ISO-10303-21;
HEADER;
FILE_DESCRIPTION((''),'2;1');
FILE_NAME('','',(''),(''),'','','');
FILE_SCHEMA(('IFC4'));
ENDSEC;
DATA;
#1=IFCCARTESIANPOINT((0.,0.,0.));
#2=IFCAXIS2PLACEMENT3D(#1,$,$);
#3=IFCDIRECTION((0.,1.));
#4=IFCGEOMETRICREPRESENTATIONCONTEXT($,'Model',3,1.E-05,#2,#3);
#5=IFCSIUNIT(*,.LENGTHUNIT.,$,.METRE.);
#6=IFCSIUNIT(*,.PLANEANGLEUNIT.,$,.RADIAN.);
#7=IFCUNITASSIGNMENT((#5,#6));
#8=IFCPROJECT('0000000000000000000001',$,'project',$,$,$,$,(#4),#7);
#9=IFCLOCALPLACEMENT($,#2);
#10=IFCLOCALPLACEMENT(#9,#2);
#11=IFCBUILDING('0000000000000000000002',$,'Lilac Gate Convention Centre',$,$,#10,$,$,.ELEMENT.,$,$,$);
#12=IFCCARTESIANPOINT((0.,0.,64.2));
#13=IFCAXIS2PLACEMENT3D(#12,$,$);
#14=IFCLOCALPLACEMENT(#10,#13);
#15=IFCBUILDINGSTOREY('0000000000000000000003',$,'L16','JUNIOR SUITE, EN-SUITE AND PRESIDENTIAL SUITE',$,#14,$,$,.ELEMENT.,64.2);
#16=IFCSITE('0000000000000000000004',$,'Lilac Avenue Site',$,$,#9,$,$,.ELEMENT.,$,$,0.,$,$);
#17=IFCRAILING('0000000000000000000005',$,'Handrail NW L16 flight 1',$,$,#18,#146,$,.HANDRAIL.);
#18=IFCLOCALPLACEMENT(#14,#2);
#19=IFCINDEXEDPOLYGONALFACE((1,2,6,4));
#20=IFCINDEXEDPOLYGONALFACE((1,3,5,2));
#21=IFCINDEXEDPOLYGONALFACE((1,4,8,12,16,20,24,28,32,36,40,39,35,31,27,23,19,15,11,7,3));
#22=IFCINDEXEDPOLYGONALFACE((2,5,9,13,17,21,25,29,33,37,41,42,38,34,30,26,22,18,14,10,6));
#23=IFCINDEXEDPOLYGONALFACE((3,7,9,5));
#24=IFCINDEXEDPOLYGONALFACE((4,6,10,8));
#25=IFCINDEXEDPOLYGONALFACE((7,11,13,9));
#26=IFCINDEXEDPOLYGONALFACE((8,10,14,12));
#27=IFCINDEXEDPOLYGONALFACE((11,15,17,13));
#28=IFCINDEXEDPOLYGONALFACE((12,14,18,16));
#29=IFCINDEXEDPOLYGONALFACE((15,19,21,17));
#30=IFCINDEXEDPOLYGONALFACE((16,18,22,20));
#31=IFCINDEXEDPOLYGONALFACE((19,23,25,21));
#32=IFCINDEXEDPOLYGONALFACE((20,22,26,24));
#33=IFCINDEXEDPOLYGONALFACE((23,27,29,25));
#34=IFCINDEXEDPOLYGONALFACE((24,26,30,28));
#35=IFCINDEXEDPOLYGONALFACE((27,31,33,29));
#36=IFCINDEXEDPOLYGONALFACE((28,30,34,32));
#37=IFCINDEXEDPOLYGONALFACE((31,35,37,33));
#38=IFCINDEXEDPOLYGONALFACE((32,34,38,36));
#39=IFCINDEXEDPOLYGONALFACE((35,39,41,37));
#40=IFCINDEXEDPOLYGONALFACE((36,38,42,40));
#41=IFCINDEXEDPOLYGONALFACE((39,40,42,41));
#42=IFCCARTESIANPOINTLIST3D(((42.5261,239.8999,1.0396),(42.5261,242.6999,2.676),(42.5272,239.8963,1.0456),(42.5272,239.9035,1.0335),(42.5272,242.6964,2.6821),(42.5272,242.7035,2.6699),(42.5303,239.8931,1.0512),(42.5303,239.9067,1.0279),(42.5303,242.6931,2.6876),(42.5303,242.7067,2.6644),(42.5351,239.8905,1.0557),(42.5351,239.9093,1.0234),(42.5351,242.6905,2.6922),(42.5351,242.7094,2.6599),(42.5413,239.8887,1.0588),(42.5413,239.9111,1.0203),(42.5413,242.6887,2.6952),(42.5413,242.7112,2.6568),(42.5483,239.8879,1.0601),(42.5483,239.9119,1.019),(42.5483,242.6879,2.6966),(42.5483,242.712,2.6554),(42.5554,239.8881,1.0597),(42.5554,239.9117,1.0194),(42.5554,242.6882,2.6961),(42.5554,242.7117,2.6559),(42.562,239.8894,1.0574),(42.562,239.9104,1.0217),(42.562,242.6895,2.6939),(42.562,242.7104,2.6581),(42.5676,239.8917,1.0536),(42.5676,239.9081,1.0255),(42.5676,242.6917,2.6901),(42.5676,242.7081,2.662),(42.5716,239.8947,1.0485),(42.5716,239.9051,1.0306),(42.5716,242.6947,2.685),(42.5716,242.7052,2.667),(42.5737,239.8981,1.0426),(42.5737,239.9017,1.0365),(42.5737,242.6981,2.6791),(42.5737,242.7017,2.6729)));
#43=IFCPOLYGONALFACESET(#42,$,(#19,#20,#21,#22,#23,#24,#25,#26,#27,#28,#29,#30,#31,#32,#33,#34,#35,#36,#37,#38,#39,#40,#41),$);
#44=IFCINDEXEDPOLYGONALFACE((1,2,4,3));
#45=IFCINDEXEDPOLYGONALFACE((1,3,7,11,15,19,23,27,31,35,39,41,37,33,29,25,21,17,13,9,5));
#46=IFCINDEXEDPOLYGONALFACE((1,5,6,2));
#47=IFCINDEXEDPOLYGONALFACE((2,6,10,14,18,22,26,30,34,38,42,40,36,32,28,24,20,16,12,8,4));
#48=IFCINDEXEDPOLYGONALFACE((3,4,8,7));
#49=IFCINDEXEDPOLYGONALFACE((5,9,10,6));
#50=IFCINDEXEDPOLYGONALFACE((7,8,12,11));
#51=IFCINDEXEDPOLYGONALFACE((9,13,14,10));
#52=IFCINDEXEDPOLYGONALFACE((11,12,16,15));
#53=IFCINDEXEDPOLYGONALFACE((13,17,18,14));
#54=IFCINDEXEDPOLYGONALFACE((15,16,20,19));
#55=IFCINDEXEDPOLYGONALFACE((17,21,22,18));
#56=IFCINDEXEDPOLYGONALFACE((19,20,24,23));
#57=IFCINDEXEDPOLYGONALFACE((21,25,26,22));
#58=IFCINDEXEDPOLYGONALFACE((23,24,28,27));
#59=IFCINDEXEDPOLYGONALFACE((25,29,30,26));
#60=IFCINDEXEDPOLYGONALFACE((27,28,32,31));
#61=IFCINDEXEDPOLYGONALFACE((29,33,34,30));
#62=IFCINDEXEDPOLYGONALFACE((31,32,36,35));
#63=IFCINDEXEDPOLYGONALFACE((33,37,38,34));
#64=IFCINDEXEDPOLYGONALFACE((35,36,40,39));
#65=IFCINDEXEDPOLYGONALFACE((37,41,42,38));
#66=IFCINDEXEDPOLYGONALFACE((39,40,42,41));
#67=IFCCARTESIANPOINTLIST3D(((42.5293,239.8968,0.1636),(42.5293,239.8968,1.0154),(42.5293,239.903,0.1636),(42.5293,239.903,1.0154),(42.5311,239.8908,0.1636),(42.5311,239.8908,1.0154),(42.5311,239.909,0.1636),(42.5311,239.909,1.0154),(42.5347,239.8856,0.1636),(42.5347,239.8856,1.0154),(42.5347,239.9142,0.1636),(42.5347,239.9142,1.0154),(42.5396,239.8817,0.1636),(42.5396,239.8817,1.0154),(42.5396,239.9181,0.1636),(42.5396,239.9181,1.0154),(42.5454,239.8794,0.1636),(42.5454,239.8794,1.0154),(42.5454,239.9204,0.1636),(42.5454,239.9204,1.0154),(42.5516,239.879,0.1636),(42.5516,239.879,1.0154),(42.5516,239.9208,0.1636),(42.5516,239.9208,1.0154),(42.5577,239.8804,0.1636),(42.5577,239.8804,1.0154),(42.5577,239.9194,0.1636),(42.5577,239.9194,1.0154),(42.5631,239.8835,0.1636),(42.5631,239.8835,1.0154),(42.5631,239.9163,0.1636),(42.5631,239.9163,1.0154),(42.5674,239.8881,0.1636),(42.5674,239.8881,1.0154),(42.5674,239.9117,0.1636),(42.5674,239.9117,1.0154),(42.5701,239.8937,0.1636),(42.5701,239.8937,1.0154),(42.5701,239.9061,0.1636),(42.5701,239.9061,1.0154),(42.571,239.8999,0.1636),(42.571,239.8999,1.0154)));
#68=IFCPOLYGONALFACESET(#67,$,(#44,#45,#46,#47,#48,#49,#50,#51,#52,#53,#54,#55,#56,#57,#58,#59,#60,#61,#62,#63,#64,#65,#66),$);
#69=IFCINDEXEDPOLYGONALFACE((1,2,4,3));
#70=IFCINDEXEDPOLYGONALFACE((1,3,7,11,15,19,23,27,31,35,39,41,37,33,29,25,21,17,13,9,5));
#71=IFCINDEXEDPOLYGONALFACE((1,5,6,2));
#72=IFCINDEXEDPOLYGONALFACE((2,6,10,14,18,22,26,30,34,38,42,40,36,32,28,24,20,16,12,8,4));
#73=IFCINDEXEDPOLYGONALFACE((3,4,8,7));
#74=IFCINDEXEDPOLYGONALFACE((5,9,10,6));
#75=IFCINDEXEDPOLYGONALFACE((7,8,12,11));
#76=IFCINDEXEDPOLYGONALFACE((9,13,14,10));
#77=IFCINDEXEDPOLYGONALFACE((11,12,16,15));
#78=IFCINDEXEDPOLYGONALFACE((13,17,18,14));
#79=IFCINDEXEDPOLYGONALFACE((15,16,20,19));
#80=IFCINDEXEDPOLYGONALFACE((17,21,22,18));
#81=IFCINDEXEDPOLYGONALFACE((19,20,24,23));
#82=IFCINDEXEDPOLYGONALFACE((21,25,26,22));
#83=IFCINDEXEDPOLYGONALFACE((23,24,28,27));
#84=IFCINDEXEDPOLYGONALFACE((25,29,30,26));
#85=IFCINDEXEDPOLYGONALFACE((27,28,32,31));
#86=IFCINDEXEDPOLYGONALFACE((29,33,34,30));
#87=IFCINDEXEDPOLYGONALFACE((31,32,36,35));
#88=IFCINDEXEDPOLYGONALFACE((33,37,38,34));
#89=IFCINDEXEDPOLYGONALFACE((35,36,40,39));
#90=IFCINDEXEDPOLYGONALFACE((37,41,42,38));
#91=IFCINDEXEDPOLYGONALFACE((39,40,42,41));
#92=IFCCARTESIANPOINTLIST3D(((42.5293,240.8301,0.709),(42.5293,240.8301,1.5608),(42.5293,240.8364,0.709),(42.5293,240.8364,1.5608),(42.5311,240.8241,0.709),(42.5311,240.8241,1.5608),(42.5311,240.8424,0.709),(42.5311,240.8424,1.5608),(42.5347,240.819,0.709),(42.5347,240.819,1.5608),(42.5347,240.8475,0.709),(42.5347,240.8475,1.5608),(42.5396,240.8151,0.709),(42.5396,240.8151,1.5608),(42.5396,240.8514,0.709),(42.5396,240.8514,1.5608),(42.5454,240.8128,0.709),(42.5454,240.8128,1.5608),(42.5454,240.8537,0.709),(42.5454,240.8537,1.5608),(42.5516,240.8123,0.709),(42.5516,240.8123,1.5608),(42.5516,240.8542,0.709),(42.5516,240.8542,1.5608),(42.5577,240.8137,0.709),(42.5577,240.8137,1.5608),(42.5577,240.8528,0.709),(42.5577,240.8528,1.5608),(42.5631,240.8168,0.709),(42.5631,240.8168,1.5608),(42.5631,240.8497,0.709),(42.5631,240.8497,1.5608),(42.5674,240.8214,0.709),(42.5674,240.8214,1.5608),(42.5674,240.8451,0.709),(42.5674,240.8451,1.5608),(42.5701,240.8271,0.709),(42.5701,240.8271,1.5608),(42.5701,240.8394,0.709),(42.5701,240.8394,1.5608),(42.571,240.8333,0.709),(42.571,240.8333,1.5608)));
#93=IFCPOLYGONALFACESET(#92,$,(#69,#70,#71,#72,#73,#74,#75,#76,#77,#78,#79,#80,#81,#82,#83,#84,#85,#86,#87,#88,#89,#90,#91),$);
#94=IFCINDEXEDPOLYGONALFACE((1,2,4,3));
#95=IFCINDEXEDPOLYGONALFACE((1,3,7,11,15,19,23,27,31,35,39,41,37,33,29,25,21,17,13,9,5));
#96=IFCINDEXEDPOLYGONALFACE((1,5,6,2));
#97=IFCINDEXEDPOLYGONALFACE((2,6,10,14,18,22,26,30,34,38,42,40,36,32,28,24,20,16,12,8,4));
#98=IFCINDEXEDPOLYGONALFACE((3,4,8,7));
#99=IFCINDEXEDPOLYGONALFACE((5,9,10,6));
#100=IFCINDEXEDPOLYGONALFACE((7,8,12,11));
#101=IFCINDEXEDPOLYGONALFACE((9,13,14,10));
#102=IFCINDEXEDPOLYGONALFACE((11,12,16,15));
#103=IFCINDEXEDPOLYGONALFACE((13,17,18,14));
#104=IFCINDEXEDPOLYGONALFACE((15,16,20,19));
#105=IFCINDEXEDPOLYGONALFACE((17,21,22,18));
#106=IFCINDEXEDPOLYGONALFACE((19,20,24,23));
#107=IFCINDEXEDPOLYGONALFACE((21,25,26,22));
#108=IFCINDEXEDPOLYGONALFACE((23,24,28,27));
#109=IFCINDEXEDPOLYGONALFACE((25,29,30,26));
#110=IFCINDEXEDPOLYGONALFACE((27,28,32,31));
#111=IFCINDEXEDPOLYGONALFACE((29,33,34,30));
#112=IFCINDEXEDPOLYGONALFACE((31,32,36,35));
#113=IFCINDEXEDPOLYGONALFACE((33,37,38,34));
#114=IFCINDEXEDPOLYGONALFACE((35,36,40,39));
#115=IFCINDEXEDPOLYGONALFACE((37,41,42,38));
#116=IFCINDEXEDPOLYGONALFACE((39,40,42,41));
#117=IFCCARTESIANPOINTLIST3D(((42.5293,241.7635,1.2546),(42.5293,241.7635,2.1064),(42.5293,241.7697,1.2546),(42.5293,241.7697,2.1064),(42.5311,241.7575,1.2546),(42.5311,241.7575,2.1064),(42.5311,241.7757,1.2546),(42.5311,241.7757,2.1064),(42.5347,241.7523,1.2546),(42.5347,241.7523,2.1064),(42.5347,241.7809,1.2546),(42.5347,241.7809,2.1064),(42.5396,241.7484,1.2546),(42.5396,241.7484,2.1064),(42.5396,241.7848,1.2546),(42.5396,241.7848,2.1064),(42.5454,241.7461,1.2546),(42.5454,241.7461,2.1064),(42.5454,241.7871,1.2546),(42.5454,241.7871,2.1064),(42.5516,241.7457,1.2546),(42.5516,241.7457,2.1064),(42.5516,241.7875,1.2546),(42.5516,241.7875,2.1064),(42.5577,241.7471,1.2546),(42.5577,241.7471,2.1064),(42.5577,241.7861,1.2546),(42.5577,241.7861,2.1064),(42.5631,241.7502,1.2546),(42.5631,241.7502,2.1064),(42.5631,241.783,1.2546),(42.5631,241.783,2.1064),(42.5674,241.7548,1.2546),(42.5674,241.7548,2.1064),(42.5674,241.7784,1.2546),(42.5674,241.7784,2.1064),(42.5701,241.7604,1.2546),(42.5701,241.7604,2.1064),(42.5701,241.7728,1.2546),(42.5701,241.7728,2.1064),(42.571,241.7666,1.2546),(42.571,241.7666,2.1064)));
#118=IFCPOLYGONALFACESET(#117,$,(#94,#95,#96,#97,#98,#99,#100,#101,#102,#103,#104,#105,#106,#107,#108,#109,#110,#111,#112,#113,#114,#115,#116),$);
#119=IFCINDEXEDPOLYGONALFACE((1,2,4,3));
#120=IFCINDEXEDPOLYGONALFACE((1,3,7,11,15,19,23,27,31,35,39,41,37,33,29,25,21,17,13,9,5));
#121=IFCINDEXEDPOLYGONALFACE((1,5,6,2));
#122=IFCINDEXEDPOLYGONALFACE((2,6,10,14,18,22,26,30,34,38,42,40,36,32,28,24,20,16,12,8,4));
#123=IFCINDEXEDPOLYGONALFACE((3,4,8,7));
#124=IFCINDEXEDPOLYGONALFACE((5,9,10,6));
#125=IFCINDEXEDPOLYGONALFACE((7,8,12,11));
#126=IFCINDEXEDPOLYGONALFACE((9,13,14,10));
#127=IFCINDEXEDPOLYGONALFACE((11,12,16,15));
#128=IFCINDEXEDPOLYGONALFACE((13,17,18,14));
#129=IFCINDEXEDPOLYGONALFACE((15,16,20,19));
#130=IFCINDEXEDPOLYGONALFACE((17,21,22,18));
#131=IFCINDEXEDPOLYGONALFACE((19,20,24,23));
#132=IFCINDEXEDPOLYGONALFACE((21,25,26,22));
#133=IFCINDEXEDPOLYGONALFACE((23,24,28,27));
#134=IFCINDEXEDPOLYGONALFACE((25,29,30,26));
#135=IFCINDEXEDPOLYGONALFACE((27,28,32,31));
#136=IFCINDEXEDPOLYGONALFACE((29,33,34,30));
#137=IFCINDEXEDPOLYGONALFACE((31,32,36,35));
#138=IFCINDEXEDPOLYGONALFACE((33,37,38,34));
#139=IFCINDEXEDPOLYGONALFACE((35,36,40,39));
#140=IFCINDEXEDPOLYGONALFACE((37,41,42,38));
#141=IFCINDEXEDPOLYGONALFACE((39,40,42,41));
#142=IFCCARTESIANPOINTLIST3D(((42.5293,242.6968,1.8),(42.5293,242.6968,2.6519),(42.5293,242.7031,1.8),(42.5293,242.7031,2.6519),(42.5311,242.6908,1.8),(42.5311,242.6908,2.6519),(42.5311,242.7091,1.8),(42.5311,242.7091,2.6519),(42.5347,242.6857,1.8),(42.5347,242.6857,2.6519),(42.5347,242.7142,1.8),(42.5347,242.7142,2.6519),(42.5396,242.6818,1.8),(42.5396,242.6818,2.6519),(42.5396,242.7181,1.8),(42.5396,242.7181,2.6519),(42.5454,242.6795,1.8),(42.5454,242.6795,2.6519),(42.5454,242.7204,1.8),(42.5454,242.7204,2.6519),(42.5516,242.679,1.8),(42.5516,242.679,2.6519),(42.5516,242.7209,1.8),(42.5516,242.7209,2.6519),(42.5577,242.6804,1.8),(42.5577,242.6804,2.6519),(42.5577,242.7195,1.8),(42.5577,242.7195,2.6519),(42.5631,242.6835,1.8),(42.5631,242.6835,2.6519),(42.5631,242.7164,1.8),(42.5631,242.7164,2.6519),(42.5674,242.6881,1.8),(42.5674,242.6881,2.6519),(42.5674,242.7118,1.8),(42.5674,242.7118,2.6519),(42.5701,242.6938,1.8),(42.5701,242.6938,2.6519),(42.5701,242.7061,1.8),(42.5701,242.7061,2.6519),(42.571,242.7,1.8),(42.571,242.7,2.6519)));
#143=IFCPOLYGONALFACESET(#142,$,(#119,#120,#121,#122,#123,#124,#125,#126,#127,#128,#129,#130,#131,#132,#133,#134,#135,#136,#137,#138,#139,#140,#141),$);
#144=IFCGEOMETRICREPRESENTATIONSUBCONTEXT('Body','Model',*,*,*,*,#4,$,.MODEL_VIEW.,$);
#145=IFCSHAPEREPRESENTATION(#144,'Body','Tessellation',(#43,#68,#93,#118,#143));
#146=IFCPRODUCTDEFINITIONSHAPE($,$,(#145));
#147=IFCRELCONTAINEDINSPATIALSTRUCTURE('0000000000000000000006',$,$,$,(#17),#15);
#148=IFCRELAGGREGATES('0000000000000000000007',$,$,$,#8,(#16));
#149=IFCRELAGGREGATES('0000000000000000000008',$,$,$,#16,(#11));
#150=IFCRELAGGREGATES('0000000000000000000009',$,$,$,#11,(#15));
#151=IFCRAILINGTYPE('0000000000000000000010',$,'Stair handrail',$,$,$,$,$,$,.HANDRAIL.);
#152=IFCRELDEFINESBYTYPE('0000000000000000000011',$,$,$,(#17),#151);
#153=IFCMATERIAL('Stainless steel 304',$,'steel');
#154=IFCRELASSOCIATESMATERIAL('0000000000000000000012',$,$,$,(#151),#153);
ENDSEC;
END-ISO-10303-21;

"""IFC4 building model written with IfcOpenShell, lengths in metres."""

from ifc_helpers import new_model, si_unit, direction, frame, origin, origin_2d, place, context, subcontext, project, spatial, circle, extrude, material, type_object, element, save


model = new_model("IFC4")

# Units and contexts
model_context = context("Model", 3, precision=1e-05, world=origin(), true_north=direction((0.0, 1.0)))
body_context = subcontext(model_context, "Body", "Model", "MODEL_VIEW")
ifc_project = project(units=[si_unit("LENGTHUNIT", "METRE"), si_unit("PLANEANGLEUNIT", "RADIAN")], contexts=[model_context])

# Site, building, storey
site_placement = place(None, origin())
site = spatial("IfcSite", under=ifc_project, at=site_placement, Name="Lilac Avenue Site", CompositionType="ELEMENT", RefElevation=0.0)
building_placement = place(site_placement, origin())
building = spatial("IfcBuilding", under=site, at=building_placement, Name="Lilac Gate Convention Centre", CompositionType="ELEMENT")
storey_placement = place(building_placement, frame((0.0, 0.0, 64.2)))
storey = spatial("IfcBuildingStorey", under=building, at=storey_placement, Name="L16", Description="JUNIOR SUITE, EN-SUITE AND PRESIDENTIAL SUITE", CompositionType="ELEMENT", Elevation=64.2)

# Railing
ifc_material_1 = material(Name="Stainless steel 304", Category="steel")
railing_type = type_object("IfcRailingType", Name="Stair handrail", PredefinedType="HANDRAIL", material=ifc_material_1)
for number, where, name in (
    (1, (42.55, 239.8999, 0.1636), "Handrail NW L16 flight 1"),
):
    element("IfcRailing", number, at=place(storey_placement, frame(where)), inside=storey, type_object=railing_type, Name=name, PredefinedType="HANDRAIL", context=body_context, shape_type="SweptSolid", body=[
        extrude(circle(Radius=0.0239, at=origin_2d()), frame((0.0, 0.0, 0.876), z_axis=(0.0, 0.863361, 0.504587), x_axis=(-1.0, 0.0, 0.0)), (0.0, 0.0, 1.0), 3.2432),
        extrude(circle(Radius=0.021, at=origin_2d()), origin(), (0.0, 0.0, 1.0), 0.8518),
        extrude(circle(Radius=0.021, at=origin_2d()), frame((0.0, 0.9333, 0.5454)), (0.0, 0.0, 1.0), 0.8518),
        extrude(circle(Radius=0.021, at=origin_2d()), frame((0.0, 1.8667, 1.0911)), (0.0, 0.0, 1.0), 0.8518),
        extrude(circle(Radius=0.021, at=origin_2d()), frame((0.0, 2.8, 1.6365)), (0.0, 0.0, 1.0), 0.8518),
    ])

save(model, "model.ifc")
